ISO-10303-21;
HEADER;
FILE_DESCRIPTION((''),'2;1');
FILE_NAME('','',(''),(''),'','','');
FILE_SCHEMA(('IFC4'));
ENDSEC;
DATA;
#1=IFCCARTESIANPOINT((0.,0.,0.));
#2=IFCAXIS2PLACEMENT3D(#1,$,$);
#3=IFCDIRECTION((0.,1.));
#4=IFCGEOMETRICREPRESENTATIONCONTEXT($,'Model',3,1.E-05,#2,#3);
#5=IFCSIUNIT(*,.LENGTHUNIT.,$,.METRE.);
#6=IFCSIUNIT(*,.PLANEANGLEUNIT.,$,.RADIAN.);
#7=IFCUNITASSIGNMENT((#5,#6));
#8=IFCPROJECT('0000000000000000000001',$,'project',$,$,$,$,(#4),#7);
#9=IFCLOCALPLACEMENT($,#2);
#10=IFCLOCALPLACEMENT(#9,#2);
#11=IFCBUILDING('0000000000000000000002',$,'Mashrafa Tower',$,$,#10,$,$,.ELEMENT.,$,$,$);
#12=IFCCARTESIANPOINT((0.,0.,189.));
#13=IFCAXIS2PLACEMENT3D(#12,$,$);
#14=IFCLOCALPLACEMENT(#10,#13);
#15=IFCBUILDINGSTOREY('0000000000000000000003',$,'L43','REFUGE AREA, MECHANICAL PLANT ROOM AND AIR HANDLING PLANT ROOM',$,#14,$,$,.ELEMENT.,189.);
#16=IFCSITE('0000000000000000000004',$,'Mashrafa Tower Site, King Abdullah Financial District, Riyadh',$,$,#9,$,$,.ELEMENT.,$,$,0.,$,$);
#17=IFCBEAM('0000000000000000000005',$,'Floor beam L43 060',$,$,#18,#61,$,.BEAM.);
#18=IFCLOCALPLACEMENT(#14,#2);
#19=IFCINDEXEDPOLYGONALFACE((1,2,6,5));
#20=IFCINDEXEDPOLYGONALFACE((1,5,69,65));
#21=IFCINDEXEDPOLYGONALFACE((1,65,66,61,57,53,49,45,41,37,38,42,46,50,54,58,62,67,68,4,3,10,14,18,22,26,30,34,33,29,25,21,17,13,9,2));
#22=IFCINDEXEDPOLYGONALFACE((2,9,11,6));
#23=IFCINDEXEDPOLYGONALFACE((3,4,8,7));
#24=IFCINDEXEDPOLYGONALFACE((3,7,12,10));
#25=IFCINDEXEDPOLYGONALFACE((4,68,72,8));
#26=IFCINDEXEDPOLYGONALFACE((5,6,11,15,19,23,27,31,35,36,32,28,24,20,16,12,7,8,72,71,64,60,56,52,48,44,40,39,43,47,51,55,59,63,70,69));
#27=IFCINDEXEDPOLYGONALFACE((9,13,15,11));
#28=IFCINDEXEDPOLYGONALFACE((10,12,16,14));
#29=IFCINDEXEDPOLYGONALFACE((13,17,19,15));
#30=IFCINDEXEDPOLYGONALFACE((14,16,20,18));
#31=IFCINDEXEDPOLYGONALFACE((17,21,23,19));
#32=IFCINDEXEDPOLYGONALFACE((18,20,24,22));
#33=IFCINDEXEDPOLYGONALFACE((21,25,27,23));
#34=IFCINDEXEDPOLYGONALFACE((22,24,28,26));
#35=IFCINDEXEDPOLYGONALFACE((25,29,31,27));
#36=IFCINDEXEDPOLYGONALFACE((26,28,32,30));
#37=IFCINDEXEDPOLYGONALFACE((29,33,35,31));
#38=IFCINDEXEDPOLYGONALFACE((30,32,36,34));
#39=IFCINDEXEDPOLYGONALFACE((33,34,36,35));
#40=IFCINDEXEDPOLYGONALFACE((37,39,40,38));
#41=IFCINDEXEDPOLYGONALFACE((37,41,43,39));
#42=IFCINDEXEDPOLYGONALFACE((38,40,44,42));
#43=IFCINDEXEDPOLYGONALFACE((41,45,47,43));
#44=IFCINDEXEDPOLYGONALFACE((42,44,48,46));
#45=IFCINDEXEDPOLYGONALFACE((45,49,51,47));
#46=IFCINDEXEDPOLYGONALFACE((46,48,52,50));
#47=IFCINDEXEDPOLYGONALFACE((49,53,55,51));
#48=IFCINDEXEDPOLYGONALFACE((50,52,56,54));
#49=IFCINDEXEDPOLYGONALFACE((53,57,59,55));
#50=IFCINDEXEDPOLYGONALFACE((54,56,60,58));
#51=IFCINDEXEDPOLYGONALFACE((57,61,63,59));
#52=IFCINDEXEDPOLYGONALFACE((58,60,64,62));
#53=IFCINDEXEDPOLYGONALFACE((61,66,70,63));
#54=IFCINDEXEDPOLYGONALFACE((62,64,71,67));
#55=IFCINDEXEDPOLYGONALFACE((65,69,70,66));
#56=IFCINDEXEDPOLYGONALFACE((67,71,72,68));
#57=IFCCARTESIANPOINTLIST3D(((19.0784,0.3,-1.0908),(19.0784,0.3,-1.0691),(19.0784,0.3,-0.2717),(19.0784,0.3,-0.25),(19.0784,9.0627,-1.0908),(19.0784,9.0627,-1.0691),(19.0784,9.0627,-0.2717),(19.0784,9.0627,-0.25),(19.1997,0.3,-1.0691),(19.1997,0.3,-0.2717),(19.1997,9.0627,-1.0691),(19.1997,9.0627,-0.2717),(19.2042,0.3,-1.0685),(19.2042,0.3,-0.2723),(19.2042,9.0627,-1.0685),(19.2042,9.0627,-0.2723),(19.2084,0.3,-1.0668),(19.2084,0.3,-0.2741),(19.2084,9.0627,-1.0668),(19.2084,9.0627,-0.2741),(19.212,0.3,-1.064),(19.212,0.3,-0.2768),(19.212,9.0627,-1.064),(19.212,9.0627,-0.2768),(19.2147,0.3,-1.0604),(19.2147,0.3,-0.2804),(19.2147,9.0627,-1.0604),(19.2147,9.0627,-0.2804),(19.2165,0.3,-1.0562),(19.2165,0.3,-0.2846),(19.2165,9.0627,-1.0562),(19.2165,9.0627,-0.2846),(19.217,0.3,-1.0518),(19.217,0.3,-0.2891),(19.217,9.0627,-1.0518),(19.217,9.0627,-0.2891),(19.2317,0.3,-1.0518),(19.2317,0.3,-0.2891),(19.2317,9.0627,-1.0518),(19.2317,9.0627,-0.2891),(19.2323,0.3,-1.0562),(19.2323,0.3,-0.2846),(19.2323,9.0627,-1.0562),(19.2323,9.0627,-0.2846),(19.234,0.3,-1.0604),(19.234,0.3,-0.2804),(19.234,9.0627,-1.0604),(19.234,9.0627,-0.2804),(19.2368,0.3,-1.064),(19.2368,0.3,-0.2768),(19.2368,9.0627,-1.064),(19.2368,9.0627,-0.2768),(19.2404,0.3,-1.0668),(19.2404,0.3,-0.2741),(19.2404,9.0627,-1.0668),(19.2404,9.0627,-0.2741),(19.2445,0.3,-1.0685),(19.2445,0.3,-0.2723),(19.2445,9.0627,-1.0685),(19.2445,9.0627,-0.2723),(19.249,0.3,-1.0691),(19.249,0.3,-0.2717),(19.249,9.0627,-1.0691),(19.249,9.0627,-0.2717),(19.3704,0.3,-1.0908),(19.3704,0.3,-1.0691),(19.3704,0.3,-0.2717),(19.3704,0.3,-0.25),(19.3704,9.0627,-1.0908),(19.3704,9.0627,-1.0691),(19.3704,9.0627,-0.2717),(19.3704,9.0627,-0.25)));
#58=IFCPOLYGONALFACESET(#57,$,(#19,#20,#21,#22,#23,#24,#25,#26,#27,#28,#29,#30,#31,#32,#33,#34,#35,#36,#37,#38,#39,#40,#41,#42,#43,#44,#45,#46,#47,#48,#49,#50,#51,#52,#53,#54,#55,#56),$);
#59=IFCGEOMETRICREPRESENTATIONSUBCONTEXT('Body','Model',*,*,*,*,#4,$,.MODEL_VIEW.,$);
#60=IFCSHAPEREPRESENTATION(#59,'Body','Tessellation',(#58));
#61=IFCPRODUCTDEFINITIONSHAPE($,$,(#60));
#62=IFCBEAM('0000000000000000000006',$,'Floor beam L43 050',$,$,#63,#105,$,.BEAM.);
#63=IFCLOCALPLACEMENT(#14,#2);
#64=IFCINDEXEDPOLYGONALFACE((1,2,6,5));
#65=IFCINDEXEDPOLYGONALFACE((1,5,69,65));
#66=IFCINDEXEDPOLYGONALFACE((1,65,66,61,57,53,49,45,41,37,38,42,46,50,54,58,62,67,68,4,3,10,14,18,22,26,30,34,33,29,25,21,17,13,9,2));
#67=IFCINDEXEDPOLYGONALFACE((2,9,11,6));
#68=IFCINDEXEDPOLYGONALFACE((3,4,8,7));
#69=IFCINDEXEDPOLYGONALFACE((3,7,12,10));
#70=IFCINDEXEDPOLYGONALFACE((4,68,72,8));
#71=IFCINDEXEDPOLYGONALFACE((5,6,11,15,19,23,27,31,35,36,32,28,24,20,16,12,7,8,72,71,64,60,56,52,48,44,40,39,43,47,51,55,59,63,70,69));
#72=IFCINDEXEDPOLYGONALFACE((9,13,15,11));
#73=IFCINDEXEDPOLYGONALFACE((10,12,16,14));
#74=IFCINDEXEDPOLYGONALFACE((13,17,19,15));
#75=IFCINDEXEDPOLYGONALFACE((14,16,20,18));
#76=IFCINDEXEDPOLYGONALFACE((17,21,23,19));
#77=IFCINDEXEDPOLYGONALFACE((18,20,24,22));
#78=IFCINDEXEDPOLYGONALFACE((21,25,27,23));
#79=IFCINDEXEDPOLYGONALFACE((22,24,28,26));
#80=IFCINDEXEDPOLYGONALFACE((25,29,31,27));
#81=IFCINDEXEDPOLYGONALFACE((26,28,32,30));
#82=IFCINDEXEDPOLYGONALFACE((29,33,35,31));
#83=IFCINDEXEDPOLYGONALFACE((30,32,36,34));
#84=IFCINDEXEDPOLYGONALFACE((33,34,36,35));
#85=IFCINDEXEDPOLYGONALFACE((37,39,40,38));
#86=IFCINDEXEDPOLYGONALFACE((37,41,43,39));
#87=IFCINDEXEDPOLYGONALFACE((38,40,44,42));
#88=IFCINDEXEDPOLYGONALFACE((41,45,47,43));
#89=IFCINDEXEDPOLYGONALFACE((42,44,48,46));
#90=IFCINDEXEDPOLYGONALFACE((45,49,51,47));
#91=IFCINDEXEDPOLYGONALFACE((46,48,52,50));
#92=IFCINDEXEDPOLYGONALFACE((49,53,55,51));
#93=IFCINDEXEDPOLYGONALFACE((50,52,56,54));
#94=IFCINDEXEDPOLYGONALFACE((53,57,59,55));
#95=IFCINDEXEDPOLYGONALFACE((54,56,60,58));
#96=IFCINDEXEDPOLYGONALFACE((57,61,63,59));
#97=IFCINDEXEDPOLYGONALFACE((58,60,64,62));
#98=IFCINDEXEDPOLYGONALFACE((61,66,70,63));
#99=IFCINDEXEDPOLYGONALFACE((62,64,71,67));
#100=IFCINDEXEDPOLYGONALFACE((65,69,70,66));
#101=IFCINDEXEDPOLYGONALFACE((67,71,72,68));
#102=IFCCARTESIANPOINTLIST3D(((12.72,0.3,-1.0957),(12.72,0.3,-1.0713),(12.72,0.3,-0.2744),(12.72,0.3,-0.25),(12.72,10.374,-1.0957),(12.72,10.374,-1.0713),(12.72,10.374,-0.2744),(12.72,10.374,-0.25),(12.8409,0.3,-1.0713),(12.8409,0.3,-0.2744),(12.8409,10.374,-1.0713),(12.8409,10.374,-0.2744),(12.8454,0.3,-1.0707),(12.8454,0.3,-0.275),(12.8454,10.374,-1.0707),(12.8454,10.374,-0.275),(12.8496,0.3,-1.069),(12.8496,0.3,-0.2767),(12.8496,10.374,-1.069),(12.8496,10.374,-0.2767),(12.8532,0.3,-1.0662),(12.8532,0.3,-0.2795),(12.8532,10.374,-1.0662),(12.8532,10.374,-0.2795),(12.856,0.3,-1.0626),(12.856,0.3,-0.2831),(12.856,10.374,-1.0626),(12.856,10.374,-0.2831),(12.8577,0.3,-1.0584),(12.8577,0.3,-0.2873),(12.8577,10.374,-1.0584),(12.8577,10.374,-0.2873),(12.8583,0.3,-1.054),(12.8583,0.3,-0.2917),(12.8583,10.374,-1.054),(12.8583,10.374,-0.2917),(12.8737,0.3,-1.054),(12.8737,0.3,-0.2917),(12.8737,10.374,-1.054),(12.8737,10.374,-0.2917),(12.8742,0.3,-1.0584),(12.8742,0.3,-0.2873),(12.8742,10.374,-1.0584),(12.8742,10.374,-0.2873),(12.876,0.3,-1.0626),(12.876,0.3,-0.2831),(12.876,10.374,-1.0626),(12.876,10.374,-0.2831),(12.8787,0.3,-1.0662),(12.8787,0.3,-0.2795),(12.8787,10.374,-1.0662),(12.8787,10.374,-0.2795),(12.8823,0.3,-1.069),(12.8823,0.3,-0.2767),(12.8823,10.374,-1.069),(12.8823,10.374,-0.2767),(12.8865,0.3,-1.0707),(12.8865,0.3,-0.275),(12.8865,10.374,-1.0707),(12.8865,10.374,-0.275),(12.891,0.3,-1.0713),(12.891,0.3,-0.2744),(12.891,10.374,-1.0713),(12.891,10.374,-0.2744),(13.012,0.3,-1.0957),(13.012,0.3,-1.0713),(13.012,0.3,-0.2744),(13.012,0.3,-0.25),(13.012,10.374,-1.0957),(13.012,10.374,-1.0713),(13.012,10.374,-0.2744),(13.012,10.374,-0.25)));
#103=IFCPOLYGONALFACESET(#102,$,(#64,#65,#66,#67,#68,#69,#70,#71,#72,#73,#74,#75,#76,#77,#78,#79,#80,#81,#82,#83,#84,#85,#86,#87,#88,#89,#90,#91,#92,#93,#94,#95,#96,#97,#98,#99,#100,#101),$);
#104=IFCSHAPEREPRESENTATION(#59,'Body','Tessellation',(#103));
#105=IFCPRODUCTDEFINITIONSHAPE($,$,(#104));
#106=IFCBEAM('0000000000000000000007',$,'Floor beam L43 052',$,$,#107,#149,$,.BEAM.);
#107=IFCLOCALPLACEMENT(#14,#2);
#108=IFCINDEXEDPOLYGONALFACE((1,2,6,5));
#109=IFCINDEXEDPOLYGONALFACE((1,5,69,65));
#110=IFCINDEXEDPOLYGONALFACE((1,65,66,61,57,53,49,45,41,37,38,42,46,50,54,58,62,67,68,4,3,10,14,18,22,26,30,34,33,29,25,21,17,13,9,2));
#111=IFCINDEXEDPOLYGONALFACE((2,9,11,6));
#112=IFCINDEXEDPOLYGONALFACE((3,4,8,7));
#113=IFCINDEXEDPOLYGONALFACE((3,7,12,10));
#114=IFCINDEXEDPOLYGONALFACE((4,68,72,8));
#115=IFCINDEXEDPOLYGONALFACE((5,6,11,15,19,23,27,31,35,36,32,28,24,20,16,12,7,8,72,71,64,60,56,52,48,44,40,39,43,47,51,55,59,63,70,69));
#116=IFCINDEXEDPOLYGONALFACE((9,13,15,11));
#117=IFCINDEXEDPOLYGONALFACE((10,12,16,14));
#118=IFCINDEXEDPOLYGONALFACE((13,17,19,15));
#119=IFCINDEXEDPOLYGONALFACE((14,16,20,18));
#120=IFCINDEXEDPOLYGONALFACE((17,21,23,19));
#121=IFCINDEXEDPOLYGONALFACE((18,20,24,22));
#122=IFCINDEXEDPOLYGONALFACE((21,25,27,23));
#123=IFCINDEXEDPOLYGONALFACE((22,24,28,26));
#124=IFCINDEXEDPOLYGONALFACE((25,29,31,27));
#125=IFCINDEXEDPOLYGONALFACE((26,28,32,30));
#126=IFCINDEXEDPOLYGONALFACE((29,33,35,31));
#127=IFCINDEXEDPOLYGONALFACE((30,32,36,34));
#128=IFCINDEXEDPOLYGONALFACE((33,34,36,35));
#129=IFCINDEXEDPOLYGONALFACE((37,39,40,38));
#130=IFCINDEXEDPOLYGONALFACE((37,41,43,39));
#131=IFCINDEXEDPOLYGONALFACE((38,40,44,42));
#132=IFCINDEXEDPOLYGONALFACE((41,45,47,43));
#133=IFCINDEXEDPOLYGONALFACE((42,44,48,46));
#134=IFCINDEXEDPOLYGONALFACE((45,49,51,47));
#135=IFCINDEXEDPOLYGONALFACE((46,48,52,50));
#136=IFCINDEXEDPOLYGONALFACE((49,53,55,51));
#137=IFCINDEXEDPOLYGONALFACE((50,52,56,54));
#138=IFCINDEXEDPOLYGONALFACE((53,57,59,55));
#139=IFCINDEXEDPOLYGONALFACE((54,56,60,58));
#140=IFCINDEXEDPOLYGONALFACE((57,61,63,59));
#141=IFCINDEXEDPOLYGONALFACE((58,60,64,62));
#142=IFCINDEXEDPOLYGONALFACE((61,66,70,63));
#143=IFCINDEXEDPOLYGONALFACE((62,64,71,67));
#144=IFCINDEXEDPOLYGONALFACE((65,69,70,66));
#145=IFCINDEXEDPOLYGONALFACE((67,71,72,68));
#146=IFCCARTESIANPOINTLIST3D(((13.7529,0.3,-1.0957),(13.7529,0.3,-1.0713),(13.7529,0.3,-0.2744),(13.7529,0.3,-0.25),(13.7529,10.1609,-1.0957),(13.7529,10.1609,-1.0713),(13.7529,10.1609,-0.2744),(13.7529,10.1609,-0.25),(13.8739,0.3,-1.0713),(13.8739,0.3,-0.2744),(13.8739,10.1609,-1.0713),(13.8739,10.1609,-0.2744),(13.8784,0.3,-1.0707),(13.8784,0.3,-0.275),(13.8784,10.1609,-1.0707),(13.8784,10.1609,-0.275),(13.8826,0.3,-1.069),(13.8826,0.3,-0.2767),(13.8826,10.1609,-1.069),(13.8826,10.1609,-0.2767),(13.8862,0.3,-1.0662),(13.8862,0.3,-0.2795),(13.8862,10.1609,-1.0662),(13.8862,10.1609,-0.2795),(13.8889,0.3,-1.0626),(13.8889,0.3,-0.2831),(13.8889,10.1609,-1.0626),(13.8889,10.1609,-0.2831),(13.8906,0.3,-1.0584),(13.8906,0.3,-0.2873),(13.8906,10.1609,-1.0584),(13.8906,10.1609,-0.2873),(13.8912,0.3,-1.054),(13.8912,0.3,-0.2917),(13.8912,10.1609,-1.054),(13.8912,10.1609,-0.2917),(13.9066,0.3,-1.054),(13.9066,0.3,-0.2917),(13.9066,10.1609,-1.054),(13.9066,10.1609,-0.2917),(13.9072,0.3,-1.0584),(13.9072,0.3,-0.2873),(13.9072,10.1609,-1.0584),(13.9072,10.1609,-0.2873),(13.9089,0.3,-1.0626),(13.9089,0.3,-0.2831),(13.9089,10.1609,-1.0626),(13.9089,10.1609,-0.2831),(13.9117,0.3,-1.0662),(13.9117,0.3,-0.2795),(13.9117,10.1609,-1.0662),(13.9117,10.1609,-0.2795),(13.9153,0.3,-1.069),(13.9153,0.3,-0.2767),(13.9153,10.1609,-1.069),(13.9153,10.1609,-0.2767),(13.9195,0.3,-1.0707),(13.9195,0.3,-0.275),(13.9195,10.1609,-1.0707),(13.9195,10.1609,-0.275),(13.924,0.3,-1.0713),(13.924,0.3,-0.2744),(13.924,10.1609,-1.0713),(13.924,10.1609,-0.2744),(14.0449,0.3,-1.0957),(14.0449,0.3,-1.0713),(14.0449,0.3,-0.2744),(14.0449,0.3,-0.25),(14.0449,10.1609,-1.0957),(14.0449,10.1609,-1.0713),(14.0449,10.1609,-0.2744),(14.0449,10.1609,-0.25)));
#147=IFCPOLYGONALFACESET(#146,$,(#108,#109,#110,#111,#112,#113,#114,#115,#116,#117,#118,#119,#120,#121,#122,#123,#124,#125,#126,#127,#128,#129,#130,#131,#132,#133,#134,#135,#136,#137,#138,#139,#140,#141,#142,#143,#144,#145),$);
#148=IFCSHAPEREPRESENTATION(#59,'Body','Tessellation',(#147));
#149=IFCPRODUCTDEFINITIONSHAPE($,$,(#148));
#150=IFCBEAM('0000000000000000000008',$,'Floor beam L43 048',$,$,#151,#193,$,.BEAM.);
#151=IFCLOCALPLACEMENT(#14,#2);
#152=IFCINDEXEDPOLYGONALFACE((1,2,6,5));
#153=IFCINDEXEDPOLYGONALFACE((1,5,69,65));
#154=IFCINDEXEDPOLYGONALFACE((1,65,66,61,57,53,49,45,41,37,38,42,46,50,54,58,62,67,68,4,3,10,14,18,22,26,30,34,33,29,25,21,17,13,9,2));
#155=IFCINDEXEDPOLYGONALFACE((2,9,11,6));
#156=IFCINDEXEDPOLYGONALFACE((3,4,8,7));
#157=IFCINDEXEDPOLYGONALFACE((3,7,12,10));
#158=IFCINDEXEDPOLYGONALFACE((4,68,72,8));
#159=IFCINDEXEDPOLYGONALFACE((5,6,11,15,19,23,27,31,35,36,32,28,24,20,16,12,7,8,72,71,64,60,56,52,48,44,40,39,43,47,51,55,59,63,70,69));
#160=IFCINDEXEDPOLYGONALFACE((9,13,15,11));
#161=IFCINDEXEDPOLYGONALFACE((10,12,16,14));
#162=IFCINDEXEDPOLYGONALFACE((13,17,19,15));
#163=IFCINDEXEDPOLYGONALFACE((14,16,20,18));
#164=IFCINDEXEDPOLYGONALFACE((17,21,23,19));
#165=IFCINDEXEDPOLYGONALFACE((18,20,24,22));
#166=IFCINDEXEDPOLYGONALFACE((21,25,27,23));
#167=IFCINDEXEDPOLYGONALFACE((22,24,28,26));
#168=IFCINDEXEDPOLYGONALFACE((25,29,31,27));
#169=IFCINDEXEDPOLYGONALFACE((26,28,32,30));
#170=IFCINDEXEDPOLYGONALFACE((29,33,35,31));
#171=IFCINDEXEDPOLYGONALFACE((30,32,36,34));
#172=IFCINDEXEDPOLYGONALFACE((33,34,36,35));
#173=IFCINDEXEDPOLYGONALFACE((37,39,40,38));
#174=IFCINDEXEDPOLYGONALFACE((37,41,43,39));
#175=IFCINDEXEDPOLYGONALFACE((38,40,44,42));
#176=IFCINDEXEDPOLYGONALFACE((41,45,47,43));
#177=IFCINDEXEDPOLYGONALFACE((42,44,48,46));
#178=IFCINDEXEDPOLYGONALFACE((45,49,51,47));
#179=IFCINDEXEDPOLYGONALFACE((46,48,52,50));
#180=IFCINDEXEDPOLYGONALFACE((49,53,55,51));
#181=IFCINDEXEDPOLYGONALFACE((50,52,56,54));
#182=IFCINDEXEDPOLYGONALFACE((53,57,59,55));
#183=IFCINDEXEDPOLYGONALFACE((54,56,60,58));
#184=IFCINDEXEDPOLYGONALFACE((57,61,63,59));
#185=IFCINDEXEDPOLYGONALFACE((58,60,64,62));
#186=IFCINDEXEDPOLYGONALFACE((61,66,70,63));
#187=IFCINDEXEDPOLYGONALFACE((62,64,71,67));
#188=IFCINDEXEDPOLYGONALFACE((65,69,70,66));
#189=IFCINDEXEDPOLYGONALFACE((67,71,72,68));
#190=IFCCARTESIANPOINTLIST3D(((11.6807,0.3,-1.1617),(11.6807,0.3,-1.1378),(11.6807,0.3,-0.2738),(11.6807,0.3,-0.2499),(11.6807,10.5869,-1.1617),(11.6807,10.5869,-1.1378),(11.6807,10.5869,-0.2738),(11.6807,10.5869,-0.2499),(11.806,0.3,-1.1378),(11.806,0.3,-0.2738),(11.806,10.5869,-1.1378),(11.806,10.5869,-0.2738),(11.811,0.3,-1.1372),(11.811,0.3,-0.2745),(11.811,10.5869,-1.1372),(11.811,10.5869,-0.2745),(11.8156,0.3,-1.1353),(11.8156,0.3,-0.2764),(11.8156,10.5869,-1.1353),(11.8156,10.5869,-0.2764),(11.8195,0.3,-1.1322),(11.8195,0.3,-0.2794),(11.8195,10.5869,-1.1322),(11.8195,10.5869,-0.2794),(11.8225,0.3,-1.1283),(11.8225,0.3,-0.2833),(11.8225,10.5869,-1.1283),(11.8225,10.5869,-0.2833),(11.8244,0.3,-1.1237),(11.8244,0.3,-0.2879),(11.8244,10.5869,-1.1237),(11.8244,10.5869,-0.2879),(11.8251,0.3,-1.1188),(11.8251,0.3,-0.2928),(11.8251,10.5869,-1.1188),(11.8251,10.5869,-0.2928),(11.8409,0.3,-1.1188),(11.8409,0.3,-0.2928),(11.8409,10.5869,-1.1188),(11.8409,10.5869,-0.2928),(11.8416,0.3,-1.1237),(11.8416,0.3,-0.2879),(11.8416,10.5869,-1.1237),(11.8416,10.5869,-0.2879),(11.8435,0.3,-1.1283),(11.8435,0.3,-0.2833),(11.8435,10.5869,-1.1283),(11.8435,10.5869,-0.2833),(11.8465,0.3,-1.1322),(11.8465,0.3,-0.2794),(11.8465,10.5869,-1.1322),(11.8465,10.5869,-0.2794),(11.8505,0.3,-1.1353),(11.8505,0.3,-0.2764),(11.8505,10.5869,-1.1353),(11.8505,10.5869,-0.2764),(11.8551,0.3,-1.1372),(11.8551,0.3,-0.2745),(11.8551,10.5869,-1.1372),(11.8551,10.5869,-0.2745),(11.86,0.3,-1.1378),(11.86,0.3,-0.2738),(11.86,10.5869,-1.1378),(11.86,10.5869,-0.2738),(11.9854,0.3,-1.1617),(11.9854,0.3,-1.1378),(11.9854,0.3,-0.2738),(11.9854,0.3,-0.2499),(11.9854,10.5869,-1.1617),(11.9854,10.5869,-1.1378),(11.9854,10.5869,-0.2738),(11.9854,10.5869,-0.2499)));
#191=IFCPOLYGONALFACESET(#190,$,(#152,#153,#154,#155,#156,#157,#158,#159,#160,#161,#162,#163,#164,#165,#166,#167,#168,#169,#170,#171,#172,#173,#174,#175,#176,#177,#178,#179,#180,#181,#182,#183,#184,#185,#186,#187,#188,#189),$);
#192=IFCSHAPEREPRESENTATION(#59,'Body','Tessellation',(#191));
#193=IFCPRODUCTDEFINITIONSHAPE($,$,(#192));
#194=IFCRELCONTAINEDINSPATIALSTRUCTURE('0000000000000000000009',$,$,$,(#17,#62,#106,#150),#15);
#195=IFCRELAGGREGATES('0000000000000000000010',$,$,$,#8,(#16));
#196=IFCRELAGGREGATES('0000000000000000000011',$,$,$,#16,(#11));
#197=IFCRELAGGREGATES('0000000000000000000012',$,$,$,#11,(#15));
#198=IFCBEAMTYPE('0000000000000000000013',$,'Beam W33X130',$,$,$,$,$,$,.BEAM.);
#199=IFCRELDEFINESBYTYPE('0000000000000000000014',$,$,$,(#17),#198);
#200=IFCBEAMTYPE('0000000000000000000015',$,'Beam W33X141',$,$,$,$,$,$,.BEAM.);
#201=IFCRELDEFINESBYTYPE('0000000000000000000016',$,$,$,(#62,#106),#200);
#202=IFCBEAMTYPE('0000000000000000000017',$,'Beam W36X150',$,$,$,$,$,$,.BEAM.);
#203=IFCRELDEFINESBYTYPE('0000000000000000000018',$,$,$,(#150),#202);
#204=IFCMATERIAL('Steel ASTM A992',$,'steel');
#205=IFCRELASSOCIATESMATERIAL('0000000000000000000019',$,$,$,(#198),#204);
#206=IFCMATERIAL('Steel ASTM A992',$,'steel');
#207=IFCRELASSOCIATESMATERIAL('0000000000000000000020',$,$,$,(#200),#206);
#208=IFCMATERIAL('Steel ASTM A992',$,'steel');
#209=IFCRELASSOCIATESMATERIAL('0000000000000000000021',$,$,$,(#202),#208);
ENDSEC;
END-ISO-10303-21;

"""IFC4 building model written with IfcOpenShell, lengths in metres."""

from ifc_helpers import new_model, si_unit, direction, frame, origin, origin_2d, place, context, subcontext, project, spatial, i_section, extrude, material, material_profile, profile_set, type_object, element, save


model = new_model("IFC4")

# Units and contexts
model_context = context("Model", 3, precision=1e-05, world=origin(), true_north=direction((0.0, 1.0)))
body_context = subcontext(model_context, "Body", "Model", "MODEL_VIEW")
ifc_project = project(units=[si_unit("LENGTHUNIT", "METRE"), si_unit("PLANEANGLEUNIT", "RADIAN")], contexts=[model_context])

# Site, building, storey
site_placement = place(None, origin())
site = spatial("IfcSite", under=ifc_project, at=site_placement, Name="Mashrafa Tower Site, King Abdullah Financial District, Riyadh", CompositionType="ELEMENT", RefElevation=0.0)
building_placement = place(site_placement, origin())
building = spatial("IfcBuilding", under=site, at=building_placement, Name="Mashrafa Tower", CompositionType="ELEMENT")
storey_placement = place(building_placement, frame((0.0, 0.0, 189.0)))
storey = spatial("IfcBuildingStorey", under=building, at=storey_placement, Name="L43", Description="REFUGE AREA, MECHANICAL PLANT ROOM AND AIR HANDLING PLANT ROOM", CompositionType="ELEMENT", Elevation=189.0)

# Beams
ifc_material_1 = material(Name="Steel ASTM A992", Category="steel")
ifc_material_profile_1 = material_profile(ifc_material_1, i_section(OverallWidth=0.292, OverallDepth=0.8408, WebThickness=0.0146, FlangeThickness=0.0217, FilletRadius=0.0173, at=origin_2d()), Name="W33X130")
ifc_profile_set_1 = profile_set([ifc_material_profile_1], Name="Steel ASTM A992")
beam_type_1 = type_object("IfcBeamType", Name="Beam W33X130", PredefinedType="BEAM", material=ifc_profile_set_1)
beam_1_placement = place(storey_placement, frame((19.2244, 9.0627, -0.6704), z_axis=(0.0, -1.0, 0.0), x_axis=(1.0, 0.0, 0.0)))
element("IfcBeam", 1, at=beam_1_placement, inside=storey, type_object=beam_type_1, Name="Floor beam L43 060", PredefinedType="BEAM", context=body_context, shape_type="SweptSolid", body=[
    extrude(i_section(OverallWidth=0.292, OverallDepth=0.8408, WebThickness=0.0146, FlangeThickness=0.0217, FilletRadius=0.0173, at=origin_2d()), origin(), (0.0, 0.0, 1.0), 8.7627),
])
ifc_material_2 = material(Name="Steel ASTM A992", Category="steel")
ifc_material_profile_2 = material_profile(ifc_material_2, i_section(OverallWidth=0.292, OverallDepth=0.8457, WebThickness=0.0154, FlangeThickness=0.0244, FilletRadius=0.0173, at=origin_2d()), Name="W33X141")
ifc_profile_set_2 = profile_set([ifc_material_profile_2], Name="Steel ASTM A992")
beam_type_2 = type_object("IfcBeamType", Name="Beam W33X141", PredefinedType="BEAM", material=ifc_profile_set_2)
beam_2_placement = place(storey_placement, frame((12.866, 10.374, -0.6729), z_axis=(0.0, -1.0, 0.0), x_axis=(1.0, 0.0, 0.0)))
element("IfcBeam", 2, at=beam_2_placement, inside=storey, type_object=beam_type_2, Name="Floor beam L43 050", PredefinedType="BEAM", context=body_context, shape_type="SweptSolid", body=[
    extrude(i_section(OverallWidth=0.292, OverallDepth=0.8457, WebThickness=0.0154, FlangeThickness=0.0244, FilletRadius=0.0173, at=origin_2d()), origin(), (0.0, 0.0, 1.0), 10.074),
])
beam_3_placement = place(storey_placement, frame((13.8989, 10.1609, -0.6729), z_axis=(0.0, -1.0, 0.0), x_axis=(1.0, 0.0, 0.0)))
element("IfcBeam", 3, at=beam_3_placement, inside=storey, type_object=beam_type_2, Name="Floor beam L43 052", PredefinedType="BEAM", context=body_context, shape_type="SweptSolid", body=[
    extrude(i_section(OverallWidth=0.292, OverallDepth=0.8457, WebThickness=0.0154, FlangeThickness=0.0244, FilletRadius=0.0173, at=origin_2d()), origin(), (0.0, 0.0, 1.0), 9.8608),
])
ifc_material_3 = material(Name="Steel ASTM A992", Category="steel")
ifc_material_profile_3 = material_profile(ifc_material_3, i_section(OverallWidth=0.3047, OverallDepth=0.9119, WebThickness=0.0159, FlangeThickness=0.0239, FilletRadius=0.019, at=origin_2d()), Name="W36X150")
ifc_profile_set_3 = profile_set([ifc_material_profile_3], Name="Steel ASTM A992")
beam_type_3 = type_object("IfcBeamType", Name="Beam W36X150", PredefinedType="BEAM", material=ifc_profile_set_3)
beam_4_placement = place(storey_placement, frame((11.833, 10.5869, -0.7058), z_axis=(0.0, -1.0, 0.0), x_axis=(1.0, 0.0, 0.0)))
element("IfcBeam", 4, at=beam_4_placement, inside=storey, type_object=beam_type_3, Name="Floor beam L43 048", PredefinedType="BEAM", context=body_context, shape_type="SweptSolid", body=[
    extrude(i_section(OverallWidth=0.3047, OverallDepth=0.9119, WebThickness=0.0159, FlangeThickness=0.0239, FilletRadius=0.019, at=origin_2d()), origin(), (0.0, 0.0, 1.0), 10.2869),
])

save(model, "model.ifc")
